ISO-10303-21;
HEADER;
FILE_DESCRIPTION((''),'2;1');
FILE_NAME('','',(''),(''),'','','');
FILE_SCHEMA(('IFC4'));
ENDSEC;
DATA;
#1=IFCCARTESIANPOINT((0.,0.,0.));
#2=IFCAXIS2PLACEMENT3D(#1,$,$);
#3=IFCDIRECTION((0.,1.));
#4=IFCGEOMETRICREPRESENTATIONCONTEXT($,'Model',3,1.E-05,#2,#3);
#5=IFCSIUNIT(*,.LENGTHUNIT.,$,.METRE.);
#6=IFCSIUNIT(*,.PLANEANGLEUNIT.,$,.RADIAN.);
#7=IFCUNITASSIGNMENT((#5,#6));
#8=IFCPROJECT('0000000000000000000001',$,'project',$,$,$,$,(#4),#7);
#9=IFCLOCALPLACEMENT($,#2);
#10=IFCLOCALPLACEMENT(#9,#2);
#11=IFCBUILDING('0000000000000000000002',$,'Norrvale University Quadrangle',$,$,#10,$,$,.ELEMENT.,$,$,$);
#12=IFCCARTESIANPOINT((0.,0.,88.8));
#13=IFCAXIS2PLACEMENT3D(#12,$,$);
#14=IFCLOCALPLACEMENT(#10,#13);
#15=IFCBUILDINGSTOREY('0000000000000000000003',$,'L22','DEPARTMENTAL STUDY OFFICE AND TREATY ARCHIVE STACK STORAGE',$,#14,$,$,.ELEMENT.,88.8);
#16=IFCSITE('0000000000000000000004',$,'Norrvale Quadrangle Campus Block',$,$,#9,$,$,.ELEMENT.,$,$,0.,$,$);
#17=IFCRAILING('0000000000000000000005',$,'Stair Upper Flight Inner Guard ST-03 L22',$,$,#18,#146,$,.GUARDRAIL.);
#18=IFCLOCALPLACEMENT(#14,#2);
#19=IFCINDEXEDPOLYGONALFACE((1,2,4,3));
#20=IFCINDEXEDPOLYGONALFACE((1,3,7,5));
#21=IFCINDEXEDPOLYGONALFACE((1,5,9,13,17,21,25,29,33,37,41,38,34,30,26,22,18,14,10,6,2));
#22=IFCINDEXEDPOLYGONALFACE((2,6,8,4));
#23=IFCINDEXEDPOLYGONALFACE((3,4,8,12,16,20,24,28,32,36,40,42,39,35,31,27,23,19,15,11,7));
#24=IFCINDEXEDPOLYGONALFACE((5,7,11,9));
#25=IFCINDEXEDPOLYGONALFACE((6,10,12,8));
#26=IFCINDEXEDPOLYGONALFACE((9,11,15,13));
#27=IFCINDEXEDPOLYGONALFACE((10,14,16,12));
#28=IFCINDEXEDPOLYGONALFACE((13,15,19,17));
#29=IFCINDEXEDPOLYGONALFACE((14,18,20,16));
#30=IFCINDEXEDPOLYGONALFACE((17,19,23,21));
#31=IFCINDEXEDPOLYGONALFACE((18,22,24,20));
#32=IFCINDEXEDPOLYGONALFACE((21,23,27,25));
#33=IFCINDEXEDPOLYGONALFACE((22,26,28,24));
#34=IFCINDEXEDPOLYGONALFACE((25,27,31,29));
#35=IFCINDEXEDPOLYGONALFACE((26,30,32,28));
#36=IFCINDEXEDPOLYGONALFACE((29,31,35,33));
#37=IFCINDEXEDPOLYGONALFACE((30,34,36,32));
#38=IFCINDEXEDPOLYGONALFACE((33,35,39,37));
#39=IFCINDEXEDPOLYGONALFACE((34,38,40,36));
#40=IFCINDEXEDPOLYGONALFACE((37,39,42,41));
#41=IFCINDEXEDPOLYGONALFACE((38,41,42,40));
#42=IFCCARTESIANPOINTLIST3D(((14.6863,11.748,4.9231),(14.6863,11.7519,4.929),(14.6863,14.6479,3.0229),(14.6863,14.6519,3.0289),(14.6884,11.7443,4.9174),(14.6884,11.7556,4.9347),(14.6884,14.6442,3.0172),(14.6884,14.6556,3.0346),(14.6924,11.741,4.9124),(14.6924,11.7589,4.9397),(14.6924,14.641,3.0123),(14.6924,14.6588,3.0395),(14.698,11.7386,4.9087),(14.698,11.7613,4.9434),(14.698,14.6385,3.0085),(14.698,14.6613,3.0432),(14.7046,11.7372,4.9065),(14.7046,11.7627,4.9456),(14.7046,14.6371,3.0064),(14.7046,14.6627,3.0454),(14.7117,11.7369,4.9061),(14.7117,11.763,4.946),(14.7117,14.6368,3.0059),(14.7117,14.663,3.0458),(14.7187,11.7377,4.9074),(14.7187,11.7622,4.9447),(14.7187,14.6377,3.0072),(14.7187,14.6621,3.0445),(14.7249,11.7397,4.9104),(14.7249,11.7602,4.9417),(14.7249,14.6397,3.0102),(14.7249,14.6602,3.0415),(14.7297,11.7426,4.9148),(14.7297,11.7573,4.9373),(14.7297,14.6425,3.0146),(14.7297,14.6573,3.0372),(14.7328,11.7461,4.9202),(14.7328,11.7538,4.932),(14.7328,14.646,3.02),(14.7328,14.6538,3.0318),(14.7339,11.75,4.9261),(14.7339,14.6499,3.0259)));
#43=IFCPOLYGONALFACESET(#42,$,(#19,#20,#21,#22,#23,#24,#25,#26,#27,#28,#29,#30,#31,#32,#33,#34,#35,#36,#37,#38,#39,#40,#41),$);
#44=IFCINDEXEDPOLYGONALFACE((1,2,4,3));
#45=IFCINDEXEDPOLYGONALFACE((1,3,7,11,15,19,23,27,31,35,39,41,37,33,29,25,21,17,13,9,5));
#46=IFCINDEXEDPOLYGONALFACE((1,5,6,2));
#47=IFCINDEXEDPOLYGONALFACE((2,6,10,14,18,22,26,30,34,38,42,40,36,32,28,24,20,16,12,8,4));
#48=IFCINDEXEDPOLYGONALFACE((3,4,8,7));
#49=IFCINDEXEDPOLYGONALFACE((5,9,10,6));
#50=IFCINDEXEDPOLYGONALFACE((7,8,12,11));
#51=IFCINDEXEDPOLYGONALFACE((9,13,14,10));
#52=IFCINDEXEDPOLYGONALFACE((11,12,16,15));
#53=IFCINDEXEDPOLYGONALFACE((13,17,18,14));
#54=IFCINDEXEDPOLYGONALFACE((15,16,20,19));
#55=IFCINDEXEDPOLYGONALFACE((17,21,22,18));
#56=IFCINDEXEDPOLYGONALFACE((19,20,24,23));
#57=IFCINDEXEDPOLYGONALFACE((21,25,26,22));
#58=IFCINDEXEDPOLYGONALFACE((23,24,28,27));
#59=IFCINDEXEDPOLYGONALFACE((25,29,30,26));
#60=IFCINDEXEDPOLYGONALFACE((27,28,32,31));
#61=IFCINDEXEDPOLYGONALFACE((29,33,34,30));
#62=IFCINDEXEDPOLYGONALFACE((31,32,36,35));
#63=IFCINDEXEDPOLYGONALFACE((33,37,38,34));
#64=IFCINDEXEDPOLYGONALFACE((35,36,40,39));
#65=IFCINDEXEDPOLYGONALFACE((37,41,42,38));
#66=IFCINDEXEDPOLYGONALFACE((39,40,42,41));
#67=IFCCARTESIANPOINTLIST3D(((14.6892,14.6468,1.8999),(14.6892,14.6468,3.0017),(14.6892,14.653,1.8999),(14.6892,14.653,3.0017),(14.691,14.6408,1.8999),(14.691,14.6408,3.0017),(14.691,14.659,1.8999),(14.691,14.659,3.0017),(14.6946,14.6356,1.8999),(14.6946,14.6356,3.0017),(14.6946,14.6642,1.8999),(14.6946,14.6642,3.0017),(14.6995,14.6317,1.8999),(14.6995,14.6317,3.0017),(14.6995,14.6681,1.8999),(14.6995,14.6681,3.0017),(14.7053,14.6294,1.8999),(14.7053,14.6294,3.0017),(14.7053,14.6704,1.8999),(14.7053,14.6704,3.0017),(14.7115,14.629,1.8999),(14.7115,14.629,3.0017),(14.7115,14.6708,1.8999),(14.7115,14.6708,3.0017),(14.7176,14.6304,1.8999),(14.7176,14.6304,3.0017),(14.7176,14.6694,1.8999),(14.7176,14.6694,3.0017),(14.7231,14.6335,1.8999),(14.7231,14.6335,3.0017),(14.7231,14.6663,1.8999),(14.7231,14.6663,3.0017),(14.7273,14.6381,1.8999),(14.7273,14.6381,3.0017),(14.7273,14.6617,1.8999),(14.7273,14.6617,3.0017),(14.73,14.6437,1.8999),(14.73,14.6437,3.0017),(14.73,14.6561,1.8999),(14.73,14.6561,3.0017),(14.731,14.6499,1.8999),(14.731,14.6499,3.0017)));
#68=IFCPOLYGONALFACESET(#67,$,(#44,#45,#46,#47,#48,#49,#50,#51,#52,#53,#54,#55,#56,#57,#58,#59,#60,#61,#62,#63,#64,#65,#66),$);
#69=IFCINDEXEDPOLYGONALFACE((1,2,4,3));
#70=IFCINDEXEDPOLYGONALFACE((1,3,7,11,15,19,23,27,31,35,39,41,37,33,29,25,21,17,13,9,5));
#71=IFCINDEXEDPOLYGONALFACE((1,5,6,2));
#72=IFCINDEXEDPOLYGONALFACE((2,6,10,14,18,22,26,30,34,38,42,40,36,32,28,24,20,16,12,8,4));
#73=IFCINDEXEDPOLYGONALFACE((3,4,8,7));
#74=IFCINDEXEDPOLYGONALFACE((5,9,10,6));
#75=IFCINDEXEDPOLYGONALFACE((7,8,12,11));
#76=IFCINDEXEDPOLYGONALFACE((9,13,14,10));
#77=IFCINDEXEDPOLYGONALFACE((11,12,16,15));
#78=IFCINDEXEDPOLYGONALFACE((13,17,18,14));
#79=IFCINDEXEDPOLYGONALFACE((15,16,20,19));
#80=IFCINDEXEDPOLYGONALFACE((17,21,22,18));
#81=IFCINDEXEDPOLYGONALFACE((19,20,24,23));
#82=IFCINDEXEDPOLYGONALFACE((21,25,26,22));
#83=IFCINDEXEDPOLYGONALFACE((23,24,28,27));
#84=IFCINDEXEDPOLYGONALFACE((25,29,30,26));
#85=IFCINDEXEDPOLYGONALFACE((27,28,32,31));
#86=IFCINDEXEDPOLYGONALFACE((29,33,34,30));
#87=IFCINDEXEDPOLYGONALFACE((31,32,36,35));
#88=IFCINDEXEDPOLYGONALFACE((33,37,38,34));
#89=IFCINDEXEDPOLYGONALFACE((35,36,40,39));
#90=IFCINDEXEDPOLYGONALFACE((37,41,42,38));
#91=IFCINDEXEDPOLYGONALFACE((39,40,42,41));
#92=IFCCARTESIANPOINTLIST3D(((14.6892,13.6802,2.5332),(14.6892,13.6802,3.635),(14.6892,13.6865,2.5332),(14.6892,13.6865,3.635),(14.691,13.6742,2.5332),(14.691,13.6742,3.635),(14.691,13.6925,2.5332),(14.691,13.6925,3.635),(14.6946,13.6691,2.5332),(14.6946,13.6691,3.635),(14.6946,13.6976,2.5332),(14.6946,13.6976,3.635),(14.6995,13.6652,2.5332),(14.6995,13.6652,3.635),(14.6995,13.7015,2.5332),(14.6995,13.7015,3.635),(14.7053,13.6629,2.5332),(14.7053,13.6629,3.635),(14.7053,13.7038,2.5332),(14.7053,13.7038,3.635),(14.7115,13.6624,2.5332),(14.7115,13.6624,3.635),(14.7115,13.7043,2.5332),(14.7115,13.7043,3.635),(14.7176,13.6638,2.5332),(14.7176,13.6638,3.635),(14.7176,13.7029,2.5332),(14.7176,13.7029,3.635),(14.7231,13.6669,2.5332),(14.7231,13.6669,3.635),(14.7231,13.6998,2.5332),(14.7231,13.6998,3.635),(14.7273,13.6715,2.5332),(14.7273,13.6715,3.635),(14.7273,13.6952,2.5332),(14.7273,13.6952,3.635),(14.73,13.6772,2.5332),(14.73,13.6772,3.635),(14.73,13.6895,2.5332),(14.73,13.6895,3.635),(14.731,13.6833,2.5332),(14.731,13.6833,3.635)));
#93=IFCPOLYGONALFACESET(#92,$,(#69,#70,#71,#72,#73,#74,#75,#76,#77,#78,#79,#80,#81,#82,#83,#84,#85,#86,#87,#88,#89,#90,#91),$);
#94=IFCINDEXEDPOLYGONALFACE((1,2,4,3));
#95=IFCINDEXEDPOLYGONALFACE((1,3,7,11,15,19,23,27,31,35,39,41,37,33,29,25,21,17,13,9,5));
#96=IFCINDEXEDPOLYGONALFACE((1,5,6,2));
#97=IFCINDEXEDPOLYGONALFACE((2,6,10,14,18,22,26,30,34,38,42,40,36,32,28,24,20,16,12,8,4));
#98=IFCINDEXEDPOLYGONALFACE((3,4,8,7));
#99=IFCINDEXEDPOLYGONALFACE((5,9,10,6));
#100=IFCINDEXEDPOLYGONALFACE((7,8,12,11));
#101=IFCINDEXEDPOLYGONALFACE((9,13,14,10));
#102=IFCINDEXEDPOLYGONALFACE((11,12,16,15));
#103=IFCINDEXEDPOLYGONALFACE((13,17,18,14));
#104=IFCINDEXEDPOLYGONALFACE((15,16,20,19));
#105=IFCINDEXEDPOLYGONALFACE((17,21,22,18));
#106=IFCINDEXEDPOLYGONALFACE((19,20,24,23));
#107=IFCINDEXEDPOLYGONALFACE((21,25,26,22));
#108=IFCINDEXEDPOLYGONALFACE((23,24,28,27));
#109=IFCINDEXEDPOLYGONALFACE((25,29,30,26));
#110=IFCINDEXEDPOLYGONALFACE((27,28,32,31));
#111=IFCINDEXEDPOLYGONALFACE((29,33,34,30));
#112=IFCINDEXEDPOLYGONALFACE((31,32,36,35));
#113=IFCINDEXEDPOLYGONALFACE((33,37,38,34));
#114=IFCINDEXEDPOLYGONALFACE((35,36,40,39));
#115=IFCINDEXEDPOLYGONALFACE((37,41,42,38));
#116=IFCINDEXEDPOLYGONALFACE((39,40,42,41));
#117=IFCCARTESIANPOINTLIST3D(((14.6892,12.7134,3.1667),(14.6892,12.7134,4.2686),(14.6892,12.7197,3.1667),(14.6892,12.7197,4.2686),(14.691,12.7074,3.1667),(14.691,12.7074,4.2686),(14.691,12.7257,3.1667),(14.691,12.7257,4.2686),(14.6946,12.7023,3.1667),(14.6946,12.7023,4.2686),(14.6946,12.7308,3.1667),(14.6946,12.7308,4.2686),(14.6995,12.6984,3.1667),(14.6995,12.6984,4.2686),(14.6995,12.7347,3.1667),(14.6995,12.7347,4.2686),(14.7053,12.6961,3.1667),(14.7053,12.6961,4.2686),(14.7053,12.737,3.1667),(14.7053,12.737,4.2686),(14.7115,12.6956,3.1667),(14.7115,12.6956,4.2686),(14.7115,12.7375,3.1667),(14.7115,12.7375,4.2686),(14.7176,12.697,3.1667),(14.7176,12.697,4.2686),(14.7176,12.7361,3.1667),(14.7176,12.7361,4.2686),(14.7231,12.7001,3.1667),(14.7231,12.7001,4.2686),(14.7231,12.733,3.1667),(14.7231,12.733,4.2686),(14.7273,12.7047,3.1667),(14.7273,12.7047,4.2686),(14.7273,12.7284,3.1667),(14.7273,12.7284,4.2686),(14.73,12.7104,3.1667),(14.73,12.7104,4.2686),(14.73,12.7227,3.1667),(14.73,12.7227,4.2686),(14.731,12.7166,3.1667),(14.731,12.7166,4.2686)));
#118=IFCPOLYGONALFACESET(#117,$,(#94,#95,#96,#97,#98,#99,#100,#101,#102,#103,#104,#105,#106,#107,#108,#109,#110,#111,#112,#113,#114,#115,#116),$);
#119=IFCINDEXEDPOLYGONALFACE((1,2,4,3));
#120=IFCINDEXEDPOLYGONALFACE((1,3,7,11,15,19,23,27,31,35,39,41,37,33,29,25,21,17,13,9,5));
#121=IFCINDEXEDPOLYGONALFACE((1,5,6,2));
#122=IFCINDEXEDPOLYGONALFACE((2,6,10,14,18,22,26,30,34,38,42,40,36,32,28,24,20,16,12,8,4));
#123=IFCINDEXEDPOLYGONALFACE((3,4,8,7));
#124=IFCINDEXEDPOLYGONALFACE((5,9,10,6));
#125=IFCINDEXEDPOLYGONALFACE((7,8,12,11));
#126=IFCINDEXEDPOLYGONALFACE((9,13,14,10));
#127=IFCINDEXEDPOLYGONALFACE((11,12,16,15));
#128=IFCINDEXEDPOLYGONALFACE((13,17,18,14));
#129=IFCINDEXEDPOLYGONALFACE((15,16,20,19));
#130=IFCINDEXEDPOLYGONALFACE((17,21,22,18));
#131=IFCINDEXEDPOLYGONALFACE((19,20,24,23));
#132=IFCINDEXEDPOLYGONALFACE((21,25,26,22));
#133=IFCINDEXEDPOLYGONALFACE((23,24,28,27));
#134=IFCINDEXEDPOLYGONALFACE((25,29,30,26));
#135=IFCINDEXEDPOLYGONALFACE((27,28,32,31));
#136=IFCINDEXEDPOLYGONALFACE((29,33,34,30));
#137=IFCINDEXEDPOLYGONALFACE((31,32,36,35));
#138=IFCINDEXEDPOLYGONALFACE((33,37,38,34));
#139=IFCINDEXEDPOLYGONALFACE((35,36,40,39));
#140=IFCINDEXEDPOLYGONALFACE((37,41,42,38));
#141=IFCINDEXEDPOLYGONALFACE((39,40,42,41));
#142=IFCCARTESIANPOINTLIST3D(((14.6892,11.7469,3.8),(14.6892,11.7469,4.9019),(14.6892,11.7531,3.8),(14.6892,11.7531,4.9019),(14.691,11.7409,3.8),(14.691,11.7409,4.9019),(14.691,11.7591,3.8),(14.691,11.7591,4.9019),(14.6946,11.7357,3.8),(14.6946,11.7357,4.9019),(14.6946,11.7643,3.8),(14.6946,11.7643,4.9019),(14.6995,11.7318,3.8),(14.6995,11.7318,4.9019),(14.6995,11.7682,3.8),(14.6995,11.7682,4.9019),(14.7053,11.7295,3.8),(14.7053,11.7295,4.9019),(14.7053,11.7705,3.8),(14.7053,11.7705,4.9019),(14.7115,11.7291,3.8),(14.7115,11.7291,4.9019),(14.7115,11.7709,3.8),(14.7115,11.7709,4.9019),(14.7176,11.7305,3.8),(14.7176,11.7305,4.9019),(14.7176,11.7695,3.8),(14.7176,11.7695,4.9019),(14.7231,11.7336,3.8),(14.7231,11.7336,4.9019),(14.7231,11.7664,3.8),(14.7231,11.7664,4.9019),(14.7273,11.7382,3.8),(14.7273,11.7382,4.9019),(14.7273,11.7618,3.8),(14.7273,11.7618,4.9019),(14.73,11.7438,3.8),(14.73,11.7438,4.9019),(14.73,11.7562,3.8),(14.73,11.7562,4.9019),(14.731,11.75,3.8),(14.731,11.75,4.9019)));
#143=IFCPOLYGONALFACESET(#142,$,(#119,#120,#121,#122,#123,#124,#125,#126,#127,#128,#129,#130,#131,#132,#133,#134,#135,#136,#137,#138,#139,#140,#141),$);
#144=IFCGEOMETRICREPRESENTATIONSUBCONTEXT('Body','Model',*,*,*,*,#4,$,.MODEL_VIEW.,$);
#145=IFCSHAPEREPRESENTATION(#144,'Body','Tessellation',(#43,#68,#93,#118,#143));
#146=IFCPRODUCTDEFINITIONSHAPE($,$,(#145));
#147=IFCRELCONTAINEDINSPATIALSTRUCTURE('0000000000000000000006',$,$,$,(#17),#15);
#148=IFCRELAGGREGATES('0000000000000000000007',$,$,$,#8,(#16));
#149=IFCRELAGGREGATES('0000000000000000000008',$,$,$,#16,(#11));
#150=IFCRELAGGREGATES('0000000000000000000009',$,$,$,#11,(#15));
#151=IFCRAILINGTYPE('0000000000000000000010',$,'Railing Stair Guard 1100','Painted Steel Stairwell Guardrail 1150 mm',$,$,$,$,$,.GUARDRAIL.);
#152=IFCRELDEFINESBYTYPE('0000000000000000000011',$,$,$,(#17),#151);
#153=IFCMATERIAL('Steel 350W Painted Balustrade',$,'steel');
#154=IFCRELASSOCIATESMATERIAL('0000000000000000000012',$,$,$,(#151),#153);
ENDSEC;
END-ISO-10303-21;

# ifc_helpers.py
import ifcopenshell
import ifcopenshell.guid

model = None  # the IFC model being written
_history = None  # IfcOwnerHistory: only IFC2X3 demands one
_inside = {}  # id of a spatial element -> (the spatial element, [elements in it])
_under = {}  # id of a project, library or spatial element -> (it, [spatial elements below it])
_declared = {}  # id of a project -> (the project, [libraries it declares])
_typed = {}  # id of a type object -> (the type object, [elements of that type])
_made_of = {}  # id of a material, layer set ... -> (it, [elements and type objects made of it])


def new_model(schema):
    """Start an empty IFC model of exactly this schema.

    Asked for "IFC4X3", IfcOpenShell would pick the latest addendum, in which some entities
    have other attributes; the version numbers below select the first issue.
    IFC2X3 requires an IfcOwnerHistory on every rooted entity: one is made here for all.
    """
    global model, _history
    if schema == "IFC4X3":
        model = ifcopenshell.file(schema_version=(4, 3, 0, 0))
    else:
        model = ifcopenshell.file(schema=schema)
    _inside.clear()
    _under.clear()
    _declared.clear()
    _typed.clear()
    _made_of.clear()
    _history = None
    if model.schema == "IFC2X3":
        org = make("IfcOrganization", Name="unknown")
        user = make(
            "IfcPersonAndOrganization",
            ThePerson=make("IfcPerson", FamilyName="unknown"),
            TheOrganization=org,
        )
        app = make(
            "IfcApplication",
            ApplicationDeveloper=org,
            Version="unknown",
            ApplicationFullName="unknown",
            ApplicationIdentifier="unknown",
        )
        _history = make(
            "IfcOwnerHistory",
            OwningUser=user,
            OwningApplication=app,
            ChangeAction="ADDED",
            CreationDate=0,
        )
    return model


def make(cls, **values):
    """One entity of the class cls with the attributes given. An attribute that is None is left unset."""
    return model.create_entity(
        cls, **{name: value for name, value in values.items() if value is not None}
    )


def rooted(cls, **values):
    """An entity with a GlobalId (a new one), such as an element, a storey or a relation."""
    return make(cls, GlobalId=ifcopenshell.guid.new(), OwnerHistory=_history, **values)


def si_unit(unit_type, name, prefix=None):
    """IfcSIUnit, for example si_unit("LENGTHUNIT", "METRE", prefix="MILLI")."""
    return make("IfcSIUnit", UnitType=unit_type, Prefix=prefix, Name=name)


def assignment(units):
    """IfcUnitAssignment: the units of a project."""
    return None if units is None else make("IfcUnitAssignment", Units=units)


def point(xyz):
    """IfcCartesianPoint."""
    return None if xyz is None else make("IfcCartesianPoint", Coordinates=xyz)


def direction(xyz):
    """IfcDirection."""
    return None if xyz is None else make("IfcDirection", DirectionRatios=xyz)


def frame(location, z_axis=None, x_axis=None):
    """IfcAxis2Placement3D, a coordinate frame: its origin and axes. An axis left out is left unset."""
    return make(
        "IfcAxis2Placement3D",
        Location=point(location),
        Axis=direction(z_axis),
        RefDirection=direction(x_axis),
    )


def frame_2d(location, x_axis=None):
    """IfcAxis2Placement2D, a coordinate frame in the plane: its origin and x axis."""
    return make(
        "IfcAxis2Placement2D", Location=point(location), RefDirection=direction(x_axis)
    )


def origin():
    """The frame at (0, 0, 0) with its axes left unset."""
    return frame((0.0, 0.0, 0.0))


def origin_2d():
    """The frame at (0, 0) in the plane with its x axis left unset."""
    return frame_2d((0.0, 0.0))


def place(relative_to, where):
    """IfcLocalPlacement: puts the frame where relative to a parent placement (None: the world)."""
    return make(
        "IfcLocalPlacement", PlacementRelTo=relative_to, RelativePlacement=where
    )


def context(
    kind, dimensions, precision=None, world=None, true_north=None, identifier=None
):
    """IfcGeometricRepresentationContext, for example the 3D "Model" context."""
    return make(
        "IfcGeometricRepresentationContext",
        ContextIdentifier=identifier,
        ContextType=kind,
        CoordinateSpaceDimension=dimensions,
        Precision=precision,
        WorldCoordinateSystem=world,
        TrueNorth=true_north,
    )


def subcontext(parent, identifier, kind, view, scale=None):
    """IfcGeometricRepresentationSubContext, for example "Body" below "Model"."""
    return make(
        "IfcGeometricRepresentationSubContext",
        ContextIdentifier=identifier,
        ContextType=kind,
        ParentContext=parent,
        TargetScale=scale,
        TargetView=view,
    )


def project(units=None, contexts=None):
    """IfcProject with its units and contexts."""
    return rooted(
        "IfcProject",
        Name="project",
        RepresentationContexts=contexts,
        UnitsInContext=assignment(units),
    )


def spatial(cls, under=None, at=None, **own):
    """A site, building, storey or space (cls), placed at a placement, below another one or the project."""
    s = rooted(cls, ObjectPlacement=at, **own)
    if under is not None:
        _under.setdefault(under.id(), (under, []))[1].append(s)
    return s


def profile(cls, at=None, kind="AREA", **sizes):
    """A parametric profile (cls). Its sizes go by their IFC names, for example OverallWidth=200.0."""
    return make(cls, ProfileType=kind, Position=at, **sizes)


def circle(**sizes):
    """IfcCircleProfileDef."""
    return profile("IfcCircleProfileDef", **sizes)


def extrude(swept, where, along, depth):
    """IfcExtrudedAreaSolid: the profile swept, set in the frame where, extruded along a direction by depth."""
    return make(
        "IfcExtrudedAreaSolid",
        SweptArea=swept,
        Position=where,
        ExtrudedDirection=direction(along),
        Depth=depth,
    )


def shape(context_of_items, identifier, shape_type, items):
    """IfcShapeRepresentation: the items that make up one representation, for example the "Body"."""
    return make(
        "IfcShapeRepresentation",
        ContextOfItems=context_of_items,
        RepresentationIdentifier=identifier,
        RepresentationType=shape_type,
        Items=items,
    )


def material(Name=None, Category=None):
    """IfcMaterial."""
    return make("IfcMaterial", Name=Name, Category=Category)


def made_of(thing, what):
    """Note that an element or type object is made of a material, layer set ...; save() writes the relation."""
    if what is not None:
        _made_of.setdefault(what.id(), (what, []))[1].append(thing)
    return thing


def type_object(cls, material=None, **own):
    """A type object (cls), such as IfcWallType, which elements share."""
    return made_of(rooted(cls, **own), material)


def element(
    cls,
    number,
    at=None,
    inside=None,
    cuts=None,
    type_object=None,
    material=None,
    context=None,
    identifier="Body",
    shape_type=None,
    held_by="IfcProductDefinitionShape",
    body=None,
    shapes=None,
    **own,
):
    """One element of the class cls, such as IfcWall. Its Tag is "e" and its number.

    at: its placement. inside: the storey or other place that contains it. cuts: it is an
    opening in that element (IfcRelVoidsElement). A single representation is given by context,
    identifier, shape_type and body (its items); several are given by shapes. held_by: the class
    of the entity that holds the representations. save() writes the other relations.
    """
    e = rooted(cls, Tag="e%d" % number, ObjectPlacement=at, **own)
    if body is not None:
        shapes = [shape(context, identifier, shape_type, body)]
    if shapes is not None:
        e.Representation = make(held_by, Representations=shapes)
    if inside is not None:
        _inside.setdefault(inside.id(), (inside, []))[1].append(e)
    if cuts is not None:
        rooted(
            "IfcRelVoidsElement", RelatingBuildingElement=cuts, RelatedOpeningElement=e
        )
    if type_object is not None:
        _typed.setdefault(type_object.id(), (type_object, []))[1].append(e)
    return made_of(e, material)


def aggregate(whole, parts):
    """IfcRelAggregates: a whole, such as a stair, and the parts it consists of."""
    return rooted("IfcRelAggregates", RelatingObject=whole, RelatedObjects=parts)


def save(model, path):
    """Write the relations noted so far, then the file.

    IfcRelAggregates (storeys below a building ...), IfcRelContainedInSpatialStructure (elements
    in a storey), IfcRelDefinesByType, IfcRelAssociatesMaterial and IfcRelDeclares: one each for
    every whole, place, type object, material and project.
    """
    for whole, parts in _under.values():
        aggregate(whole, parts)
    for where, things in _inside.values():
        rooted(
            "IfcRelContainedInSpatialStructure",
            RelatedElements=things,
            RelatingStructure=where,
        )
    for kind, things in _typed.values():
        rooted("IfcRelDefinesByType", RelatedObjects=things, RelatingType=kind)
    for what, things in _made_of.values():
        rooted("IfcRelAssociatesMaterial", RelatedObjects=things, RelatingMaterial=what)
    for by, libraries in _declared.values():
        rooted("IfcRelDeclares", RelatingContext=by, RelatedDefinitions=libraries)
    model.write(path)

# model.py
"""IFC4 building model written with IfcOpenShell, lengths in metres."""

from ifc_helpers import new_model, si_unit, direction, frame, origin, origin_2d, place, context, subcontext, project, spatial, circle, extrude, material, type_object, element, save


model = new_model("IFC4")

# Units and contexts
model_context = context("Model", 3, precision=1e-05, world=origin(), true_north=direction((0.0, 1.0)))
body_context = subcontext(model_context, "Body", "Model", "MODEL_VIEW")
ifc_project = project(units=[si_unit("LENGTHUNIT", "METRE"), si_unit("PLANEANGLEUNIT", "RADIAN")], contexts=[model_context])

# Site, building, storey
site_placement = place(None, origin())
site = spatial("IfcSite", under=ifc_project, at=site_placement, Name="Norrvale Quadrangle Campus Block", CompositionType="ELEMENT", RefElevation=0.0)
building_placement = place(site_placement, origin())
building = spatial("IfcBuilding", under=site, at=building_placement, Name="Norrvale University Quadrangle", CompositionType="ELEMENT")
storey_placement = place(building_placement, frame((0.0, 0.0, 88.8)))
storey = spatial("IfcBuildingStorey", under=building, at=storey_placement, Name="L22", Description="DEPARTMENTAL STUDY OFFICE AND TREATY ARCHIVE STACK STORAGE", CompositionType="ELEMENT", Elevation=88.8)

# Railing
ifc_material_1 = material(Name="Steel 350W Painted Balustrade", Category="steel")
railing_type_1 = type_object("IfcRailingType", Name="Railing Stair Guard 1100", Description="Painted Steel Stairwell Guardrail 1150 mm", PredefinedType="GUARDRAIL", material=ifc_material_1)
railing_1_placement = place(storey_placement, frame((14.71, 14.6499, 1.8999)))
element("IfcRailing", 1, at=railing_1_placement, inside=storey, type_object=railing_type_1, Name="Stair Upper Flight Inner Guard ST-03 L22", PredefinedType="GUARDRAIL", context=body_context, shape_type="SweptSolid", body=[
    extrude(circle(Radius=0.0239, at=origin_2d()), frame((0.0, 0.0, 1.126), z_axis=(0.0, -0.836433, 0.548069), x_axis=(1.0, 0.0, 0.0)), (0.0, 0.0, 1.0), 3.467),
    extrude(circle(Radius=0.021, at=origin_2d()), origin(), (0.0, 0.0, 1.0), 1.1018),
    extrude(circle(Radius=0.021, at=origin_2d()), frame((0.0, -0.9666, 0.6333)), (0.0, 0.0, 1.0), 1.1018),
    extrude(circle(Radius=0.021, at=origin_2d()), frame((0.0, -1.9333, 1.2668)), (0.0, 0.0, 1.0), 1.1018),
    extrude(circle(Radius=0.021, at=origin_2d()), frame((0.0, -2.8999, 1.9001)), (0.0, 0.0, 1.0), 1.1018),
])

save(model, "model.ifc")
